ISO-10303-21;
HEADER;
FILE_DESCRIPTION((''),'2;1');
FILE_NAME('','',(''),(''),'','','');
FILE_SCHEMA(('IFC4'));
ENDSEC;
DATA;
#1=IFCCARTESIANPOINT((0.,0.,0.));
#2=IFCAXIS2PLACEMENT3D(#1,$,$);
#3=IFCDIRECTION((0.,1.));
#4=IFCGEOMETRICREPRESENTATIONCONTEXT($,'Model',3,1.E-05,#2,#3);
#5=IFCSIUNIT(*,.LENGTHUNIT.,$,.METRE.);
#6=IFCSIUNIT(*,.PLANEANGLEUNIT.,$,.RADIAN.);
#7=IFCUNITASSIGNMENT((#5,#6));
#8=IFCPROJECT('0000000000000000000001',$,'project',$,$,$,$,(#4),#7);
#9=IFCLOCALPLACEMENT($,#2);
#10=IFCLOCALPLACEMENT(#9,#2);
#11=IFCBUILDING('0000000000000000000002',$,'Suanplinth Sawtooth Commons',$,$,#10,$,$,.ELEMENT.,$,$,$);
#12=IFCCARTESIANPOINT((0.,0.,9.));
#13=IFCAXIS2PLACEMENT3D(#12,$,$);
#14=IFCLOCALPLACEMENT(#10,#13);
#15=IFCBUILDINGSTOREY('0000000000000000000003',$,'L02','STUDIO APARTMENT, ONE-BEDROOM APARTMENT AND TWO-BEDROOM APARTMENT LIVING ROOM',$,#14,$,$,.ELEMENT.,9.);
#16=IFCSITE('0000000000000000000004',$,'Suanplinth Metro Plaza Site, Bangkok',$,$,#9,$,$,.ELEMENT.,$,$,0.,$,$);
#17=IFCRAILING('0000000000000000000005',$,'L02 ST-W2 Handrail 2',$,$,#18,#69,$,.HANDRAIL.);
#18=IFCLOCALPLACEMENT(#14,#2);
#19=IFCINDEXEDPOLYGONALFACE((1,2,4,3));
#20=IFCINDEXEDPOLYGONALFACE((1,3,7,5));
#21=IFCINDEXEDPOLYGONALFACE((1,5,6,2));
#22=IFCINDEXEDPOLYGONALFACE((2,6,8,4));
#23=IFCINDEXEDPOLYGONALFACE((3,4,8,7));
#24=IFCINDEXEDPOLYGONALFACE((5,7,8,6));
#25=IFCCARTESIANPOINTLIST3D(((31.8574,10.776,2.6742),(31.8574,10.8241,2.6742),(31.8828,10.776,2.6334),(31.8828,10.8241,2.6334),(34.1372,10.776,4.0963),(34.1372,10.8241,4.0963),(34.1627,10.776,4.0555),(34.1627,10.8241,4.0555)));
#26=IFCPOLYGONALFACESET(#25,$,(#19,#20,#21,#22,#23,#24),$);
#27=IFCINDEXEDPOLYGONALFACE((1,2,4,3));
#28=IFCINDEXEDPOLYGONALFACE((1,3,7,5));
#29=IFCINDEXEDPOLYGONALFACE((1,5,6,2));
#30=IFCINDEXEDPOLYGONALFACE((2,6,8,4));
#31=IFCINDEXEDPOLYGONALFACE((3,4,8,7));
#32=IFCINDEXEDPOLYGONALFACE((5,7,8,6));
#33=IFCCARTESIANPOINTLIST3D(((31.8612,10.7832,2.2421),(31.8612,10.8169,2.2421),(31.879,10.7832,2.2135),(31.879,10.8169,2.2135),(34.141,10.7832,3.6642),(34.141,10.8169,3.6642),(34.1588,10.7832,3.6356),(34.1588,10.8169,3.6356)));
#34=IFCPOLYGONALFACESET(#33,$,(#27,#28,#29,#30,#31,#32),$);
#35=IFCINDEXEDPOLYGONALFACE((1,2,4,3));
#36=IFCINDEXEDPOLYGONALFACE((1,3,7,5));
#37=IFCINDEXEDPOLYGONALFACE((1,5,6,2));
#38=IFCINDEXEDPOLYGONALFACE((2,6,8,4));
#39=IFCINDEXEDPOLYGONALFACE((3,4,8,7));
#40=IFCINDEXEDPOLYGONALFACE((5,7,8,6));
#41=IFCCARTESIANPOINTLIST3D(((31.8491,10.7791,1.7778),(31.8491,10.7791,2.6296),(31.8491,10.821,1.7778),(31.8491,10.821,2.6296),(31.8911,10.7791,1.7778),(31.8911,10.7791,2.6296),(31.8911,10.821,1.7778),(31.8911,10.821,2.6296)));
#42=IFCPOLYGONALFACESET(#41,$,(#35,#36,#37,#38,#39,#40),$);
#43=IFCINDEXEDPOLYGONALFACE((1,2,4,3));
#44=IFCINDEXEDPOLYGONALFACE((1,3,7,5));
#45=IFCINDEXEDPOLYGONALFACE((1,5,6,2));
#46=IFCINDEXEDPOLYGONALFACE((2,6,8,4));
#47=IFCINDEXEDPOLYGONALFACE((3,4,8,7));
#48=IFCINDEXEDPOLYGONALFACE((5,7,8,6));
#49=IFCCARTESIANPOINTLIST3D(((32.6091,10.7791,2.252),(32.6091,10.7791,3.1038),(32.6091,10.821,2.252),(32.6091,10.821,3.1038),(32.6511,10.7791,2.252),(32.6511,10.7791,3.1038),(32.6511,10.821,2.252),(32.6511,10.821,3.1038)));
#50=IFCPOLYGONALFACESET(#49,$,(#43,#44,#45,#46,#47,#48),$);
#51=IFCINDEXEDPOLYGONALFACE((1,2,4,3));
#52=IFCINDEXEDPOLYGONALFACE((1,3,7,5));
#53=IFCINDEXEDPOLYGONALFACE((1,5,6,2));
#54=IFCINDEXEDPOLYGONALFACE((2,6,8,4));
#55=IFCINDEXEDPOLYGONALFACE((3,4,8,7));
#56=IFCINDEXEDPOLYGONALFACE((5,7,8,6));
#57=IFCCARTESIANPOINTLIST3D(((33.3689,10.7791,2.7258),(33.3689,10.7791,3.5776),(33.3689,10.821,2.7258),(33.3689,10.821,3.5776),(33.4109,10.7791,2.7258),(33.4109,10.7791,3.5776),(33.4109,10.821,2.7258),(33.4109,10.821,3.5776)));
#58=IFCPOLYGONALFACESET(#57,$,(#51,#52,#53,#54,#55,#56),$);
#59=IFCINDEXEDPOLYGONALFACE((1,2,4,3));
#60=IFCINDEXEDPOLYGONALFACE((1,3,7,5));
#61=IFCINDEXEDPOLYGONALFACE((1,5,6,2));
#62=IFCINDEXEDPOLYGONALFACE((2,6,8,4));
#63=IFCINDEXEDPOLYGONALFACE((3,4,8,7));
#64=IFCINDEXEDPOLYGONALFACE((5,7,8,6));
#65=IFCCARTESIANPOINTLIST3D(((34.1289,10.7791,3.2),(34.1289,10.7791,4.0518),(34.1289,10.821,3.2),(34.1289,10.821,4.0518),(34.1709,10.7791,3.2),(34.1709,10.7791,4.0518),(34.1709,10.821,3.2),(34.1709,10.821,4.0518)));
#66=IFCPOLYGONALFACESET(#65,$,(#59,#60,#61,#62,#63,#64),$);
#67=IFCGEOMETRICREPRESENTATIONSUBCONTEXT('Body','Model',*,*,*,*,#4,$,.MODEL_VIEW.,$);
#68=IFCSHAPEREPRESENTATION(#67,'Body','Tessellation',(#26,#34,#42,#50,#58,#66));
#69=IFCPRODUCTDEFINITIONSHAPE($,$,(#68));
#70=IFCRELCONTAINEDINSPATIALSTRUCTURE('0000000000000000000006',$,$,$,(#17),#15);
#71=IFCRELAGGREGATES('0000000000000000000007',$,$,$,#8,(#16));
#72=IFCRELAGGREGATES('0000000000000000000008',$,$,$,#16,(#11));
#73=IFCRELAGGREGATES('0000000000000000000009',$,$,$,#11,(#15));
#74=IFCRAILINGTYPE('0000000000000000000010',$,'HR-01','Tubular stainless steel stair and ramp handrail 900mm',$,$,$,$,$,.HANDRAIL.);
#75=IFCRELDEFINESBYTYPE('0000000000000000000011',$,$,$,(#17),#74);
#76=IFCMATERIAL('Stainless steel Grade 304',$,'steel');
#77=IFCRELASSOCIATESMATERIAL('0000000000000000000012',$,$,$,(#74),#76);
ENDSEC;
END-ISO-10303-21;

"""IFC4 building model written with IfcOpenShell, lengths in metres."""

from ifc_helpers import new_model, si_unit, direction, frame, origin, origin_2d, place, context, subcontext, project, spatial, rectangle, extrude, material, type_object, element, save


model = new_model("IFC4")

# Units and contexts
model_context = context("Model", 3, precision=1e-05, world=origin(), true_north=direction((0.0, 1.0)))
body_context = subcontext(model_context, "Body", "Model", "MODEL_VIEW")
ifc_project = project(units=[si_unit("LENGTHUNIT", "METRE"), si_unit("PLANEANGLEUNIT", "RADIAN")], contexts=[model_context])

# Site, building, storey
site_placement = place(None, origin())
site = spatial("IfcSite", under=ifc_project, at=site_placement, Name="Suanplinth Metro Plaza Site, Bangkok", CompositionType="ELEMENT", RefElevation=0.0)
building_placement = place(site_placement, origin())
building = spatial("IfcBuilding", under=site, at=building_placement, Name="Suanplinth Sawtooth Commons", CompositionType="ELEMENT")
storey_placement = place(building_placement, frame((0.0, 0.0, 9.0)))
storey = spatial("IfcBuildingStorey", under=building, at=storey_placement, Name="L02", Description="STUDIO APARTMENT, ONE-BEDROOM APARTMENT AND TWO-BEDROOM APARTMENT LIVING ROOM", CompositionType="ELEMENT", Elevation=9.0)

# Railing
ifc_material_1 = material(Name="Stainless steel Grade 304", Category="steel")
railing_type_1 = type_object("IfcRailingType", Name="HR-01", Description="Tubular stainless steel stair and ramp handrail 900mm", PredefinedType="HANDRAIL", material=ifc_material_1)
railing_1_placement = place(storey_placement, frame((31.8701, 10.8, 1.7778)))
element("IfcRailing", 1, at=railing_1_placement, inside=storey, type_object=railing_type_1, Name="L02 ST-W2 Handrail 2", PredefinedType="HANDRAIL", context=body_context, shape_type="SweptSolid", body=[
    extrude(rectangle(XDim=0.0481, YDim=0.0481, at=origin_2d()), frame((0.0, 0.0, 0.876), z_axis=(0.848457, 0.0, 0.529264), x_axis=(0.0, 1.0, 0.0)), (0.0, 0.0, 1.0), 2.687),
    extrude(rectangle(XDim=0.0337, YDim=0.0337, at=origin_2d()), frame((0.0, 0.0, 0.45), z_axis=(0.848457, 0.0, 0.529264), x_axis=(0.0, 1.0, 0.0)), (0.0, 0.0, 1.0), 2.687),
    extrude(rectangle(XDim=0.042, YDim=0.042, at=origin_2d()), origin(), (0.0, 0.0, 1.0), 0.8518),
    extrude(rectangle(XDim=0.042, YDim=0.042, at=origin_2d()), frame((0.76, 0.0, 0.4741)), (0.0, 0.0, 1.0), 0.8518),
    extrude(rectangle(XDim=0.042, YDim=0.042, at=origin_2d()), frame((1.5198, 0.0, 0.948)), (0.0, 0.0, 1.0), 0.8518),
    extrude(rectangle(XDim=0.042, YDim=0.042, at=origin_2d()), frame((2.2798, 0.0, 1.4221)), (0.0, 0.0, 1.0), 0.8518),
])

save(model, "model.ifc")
